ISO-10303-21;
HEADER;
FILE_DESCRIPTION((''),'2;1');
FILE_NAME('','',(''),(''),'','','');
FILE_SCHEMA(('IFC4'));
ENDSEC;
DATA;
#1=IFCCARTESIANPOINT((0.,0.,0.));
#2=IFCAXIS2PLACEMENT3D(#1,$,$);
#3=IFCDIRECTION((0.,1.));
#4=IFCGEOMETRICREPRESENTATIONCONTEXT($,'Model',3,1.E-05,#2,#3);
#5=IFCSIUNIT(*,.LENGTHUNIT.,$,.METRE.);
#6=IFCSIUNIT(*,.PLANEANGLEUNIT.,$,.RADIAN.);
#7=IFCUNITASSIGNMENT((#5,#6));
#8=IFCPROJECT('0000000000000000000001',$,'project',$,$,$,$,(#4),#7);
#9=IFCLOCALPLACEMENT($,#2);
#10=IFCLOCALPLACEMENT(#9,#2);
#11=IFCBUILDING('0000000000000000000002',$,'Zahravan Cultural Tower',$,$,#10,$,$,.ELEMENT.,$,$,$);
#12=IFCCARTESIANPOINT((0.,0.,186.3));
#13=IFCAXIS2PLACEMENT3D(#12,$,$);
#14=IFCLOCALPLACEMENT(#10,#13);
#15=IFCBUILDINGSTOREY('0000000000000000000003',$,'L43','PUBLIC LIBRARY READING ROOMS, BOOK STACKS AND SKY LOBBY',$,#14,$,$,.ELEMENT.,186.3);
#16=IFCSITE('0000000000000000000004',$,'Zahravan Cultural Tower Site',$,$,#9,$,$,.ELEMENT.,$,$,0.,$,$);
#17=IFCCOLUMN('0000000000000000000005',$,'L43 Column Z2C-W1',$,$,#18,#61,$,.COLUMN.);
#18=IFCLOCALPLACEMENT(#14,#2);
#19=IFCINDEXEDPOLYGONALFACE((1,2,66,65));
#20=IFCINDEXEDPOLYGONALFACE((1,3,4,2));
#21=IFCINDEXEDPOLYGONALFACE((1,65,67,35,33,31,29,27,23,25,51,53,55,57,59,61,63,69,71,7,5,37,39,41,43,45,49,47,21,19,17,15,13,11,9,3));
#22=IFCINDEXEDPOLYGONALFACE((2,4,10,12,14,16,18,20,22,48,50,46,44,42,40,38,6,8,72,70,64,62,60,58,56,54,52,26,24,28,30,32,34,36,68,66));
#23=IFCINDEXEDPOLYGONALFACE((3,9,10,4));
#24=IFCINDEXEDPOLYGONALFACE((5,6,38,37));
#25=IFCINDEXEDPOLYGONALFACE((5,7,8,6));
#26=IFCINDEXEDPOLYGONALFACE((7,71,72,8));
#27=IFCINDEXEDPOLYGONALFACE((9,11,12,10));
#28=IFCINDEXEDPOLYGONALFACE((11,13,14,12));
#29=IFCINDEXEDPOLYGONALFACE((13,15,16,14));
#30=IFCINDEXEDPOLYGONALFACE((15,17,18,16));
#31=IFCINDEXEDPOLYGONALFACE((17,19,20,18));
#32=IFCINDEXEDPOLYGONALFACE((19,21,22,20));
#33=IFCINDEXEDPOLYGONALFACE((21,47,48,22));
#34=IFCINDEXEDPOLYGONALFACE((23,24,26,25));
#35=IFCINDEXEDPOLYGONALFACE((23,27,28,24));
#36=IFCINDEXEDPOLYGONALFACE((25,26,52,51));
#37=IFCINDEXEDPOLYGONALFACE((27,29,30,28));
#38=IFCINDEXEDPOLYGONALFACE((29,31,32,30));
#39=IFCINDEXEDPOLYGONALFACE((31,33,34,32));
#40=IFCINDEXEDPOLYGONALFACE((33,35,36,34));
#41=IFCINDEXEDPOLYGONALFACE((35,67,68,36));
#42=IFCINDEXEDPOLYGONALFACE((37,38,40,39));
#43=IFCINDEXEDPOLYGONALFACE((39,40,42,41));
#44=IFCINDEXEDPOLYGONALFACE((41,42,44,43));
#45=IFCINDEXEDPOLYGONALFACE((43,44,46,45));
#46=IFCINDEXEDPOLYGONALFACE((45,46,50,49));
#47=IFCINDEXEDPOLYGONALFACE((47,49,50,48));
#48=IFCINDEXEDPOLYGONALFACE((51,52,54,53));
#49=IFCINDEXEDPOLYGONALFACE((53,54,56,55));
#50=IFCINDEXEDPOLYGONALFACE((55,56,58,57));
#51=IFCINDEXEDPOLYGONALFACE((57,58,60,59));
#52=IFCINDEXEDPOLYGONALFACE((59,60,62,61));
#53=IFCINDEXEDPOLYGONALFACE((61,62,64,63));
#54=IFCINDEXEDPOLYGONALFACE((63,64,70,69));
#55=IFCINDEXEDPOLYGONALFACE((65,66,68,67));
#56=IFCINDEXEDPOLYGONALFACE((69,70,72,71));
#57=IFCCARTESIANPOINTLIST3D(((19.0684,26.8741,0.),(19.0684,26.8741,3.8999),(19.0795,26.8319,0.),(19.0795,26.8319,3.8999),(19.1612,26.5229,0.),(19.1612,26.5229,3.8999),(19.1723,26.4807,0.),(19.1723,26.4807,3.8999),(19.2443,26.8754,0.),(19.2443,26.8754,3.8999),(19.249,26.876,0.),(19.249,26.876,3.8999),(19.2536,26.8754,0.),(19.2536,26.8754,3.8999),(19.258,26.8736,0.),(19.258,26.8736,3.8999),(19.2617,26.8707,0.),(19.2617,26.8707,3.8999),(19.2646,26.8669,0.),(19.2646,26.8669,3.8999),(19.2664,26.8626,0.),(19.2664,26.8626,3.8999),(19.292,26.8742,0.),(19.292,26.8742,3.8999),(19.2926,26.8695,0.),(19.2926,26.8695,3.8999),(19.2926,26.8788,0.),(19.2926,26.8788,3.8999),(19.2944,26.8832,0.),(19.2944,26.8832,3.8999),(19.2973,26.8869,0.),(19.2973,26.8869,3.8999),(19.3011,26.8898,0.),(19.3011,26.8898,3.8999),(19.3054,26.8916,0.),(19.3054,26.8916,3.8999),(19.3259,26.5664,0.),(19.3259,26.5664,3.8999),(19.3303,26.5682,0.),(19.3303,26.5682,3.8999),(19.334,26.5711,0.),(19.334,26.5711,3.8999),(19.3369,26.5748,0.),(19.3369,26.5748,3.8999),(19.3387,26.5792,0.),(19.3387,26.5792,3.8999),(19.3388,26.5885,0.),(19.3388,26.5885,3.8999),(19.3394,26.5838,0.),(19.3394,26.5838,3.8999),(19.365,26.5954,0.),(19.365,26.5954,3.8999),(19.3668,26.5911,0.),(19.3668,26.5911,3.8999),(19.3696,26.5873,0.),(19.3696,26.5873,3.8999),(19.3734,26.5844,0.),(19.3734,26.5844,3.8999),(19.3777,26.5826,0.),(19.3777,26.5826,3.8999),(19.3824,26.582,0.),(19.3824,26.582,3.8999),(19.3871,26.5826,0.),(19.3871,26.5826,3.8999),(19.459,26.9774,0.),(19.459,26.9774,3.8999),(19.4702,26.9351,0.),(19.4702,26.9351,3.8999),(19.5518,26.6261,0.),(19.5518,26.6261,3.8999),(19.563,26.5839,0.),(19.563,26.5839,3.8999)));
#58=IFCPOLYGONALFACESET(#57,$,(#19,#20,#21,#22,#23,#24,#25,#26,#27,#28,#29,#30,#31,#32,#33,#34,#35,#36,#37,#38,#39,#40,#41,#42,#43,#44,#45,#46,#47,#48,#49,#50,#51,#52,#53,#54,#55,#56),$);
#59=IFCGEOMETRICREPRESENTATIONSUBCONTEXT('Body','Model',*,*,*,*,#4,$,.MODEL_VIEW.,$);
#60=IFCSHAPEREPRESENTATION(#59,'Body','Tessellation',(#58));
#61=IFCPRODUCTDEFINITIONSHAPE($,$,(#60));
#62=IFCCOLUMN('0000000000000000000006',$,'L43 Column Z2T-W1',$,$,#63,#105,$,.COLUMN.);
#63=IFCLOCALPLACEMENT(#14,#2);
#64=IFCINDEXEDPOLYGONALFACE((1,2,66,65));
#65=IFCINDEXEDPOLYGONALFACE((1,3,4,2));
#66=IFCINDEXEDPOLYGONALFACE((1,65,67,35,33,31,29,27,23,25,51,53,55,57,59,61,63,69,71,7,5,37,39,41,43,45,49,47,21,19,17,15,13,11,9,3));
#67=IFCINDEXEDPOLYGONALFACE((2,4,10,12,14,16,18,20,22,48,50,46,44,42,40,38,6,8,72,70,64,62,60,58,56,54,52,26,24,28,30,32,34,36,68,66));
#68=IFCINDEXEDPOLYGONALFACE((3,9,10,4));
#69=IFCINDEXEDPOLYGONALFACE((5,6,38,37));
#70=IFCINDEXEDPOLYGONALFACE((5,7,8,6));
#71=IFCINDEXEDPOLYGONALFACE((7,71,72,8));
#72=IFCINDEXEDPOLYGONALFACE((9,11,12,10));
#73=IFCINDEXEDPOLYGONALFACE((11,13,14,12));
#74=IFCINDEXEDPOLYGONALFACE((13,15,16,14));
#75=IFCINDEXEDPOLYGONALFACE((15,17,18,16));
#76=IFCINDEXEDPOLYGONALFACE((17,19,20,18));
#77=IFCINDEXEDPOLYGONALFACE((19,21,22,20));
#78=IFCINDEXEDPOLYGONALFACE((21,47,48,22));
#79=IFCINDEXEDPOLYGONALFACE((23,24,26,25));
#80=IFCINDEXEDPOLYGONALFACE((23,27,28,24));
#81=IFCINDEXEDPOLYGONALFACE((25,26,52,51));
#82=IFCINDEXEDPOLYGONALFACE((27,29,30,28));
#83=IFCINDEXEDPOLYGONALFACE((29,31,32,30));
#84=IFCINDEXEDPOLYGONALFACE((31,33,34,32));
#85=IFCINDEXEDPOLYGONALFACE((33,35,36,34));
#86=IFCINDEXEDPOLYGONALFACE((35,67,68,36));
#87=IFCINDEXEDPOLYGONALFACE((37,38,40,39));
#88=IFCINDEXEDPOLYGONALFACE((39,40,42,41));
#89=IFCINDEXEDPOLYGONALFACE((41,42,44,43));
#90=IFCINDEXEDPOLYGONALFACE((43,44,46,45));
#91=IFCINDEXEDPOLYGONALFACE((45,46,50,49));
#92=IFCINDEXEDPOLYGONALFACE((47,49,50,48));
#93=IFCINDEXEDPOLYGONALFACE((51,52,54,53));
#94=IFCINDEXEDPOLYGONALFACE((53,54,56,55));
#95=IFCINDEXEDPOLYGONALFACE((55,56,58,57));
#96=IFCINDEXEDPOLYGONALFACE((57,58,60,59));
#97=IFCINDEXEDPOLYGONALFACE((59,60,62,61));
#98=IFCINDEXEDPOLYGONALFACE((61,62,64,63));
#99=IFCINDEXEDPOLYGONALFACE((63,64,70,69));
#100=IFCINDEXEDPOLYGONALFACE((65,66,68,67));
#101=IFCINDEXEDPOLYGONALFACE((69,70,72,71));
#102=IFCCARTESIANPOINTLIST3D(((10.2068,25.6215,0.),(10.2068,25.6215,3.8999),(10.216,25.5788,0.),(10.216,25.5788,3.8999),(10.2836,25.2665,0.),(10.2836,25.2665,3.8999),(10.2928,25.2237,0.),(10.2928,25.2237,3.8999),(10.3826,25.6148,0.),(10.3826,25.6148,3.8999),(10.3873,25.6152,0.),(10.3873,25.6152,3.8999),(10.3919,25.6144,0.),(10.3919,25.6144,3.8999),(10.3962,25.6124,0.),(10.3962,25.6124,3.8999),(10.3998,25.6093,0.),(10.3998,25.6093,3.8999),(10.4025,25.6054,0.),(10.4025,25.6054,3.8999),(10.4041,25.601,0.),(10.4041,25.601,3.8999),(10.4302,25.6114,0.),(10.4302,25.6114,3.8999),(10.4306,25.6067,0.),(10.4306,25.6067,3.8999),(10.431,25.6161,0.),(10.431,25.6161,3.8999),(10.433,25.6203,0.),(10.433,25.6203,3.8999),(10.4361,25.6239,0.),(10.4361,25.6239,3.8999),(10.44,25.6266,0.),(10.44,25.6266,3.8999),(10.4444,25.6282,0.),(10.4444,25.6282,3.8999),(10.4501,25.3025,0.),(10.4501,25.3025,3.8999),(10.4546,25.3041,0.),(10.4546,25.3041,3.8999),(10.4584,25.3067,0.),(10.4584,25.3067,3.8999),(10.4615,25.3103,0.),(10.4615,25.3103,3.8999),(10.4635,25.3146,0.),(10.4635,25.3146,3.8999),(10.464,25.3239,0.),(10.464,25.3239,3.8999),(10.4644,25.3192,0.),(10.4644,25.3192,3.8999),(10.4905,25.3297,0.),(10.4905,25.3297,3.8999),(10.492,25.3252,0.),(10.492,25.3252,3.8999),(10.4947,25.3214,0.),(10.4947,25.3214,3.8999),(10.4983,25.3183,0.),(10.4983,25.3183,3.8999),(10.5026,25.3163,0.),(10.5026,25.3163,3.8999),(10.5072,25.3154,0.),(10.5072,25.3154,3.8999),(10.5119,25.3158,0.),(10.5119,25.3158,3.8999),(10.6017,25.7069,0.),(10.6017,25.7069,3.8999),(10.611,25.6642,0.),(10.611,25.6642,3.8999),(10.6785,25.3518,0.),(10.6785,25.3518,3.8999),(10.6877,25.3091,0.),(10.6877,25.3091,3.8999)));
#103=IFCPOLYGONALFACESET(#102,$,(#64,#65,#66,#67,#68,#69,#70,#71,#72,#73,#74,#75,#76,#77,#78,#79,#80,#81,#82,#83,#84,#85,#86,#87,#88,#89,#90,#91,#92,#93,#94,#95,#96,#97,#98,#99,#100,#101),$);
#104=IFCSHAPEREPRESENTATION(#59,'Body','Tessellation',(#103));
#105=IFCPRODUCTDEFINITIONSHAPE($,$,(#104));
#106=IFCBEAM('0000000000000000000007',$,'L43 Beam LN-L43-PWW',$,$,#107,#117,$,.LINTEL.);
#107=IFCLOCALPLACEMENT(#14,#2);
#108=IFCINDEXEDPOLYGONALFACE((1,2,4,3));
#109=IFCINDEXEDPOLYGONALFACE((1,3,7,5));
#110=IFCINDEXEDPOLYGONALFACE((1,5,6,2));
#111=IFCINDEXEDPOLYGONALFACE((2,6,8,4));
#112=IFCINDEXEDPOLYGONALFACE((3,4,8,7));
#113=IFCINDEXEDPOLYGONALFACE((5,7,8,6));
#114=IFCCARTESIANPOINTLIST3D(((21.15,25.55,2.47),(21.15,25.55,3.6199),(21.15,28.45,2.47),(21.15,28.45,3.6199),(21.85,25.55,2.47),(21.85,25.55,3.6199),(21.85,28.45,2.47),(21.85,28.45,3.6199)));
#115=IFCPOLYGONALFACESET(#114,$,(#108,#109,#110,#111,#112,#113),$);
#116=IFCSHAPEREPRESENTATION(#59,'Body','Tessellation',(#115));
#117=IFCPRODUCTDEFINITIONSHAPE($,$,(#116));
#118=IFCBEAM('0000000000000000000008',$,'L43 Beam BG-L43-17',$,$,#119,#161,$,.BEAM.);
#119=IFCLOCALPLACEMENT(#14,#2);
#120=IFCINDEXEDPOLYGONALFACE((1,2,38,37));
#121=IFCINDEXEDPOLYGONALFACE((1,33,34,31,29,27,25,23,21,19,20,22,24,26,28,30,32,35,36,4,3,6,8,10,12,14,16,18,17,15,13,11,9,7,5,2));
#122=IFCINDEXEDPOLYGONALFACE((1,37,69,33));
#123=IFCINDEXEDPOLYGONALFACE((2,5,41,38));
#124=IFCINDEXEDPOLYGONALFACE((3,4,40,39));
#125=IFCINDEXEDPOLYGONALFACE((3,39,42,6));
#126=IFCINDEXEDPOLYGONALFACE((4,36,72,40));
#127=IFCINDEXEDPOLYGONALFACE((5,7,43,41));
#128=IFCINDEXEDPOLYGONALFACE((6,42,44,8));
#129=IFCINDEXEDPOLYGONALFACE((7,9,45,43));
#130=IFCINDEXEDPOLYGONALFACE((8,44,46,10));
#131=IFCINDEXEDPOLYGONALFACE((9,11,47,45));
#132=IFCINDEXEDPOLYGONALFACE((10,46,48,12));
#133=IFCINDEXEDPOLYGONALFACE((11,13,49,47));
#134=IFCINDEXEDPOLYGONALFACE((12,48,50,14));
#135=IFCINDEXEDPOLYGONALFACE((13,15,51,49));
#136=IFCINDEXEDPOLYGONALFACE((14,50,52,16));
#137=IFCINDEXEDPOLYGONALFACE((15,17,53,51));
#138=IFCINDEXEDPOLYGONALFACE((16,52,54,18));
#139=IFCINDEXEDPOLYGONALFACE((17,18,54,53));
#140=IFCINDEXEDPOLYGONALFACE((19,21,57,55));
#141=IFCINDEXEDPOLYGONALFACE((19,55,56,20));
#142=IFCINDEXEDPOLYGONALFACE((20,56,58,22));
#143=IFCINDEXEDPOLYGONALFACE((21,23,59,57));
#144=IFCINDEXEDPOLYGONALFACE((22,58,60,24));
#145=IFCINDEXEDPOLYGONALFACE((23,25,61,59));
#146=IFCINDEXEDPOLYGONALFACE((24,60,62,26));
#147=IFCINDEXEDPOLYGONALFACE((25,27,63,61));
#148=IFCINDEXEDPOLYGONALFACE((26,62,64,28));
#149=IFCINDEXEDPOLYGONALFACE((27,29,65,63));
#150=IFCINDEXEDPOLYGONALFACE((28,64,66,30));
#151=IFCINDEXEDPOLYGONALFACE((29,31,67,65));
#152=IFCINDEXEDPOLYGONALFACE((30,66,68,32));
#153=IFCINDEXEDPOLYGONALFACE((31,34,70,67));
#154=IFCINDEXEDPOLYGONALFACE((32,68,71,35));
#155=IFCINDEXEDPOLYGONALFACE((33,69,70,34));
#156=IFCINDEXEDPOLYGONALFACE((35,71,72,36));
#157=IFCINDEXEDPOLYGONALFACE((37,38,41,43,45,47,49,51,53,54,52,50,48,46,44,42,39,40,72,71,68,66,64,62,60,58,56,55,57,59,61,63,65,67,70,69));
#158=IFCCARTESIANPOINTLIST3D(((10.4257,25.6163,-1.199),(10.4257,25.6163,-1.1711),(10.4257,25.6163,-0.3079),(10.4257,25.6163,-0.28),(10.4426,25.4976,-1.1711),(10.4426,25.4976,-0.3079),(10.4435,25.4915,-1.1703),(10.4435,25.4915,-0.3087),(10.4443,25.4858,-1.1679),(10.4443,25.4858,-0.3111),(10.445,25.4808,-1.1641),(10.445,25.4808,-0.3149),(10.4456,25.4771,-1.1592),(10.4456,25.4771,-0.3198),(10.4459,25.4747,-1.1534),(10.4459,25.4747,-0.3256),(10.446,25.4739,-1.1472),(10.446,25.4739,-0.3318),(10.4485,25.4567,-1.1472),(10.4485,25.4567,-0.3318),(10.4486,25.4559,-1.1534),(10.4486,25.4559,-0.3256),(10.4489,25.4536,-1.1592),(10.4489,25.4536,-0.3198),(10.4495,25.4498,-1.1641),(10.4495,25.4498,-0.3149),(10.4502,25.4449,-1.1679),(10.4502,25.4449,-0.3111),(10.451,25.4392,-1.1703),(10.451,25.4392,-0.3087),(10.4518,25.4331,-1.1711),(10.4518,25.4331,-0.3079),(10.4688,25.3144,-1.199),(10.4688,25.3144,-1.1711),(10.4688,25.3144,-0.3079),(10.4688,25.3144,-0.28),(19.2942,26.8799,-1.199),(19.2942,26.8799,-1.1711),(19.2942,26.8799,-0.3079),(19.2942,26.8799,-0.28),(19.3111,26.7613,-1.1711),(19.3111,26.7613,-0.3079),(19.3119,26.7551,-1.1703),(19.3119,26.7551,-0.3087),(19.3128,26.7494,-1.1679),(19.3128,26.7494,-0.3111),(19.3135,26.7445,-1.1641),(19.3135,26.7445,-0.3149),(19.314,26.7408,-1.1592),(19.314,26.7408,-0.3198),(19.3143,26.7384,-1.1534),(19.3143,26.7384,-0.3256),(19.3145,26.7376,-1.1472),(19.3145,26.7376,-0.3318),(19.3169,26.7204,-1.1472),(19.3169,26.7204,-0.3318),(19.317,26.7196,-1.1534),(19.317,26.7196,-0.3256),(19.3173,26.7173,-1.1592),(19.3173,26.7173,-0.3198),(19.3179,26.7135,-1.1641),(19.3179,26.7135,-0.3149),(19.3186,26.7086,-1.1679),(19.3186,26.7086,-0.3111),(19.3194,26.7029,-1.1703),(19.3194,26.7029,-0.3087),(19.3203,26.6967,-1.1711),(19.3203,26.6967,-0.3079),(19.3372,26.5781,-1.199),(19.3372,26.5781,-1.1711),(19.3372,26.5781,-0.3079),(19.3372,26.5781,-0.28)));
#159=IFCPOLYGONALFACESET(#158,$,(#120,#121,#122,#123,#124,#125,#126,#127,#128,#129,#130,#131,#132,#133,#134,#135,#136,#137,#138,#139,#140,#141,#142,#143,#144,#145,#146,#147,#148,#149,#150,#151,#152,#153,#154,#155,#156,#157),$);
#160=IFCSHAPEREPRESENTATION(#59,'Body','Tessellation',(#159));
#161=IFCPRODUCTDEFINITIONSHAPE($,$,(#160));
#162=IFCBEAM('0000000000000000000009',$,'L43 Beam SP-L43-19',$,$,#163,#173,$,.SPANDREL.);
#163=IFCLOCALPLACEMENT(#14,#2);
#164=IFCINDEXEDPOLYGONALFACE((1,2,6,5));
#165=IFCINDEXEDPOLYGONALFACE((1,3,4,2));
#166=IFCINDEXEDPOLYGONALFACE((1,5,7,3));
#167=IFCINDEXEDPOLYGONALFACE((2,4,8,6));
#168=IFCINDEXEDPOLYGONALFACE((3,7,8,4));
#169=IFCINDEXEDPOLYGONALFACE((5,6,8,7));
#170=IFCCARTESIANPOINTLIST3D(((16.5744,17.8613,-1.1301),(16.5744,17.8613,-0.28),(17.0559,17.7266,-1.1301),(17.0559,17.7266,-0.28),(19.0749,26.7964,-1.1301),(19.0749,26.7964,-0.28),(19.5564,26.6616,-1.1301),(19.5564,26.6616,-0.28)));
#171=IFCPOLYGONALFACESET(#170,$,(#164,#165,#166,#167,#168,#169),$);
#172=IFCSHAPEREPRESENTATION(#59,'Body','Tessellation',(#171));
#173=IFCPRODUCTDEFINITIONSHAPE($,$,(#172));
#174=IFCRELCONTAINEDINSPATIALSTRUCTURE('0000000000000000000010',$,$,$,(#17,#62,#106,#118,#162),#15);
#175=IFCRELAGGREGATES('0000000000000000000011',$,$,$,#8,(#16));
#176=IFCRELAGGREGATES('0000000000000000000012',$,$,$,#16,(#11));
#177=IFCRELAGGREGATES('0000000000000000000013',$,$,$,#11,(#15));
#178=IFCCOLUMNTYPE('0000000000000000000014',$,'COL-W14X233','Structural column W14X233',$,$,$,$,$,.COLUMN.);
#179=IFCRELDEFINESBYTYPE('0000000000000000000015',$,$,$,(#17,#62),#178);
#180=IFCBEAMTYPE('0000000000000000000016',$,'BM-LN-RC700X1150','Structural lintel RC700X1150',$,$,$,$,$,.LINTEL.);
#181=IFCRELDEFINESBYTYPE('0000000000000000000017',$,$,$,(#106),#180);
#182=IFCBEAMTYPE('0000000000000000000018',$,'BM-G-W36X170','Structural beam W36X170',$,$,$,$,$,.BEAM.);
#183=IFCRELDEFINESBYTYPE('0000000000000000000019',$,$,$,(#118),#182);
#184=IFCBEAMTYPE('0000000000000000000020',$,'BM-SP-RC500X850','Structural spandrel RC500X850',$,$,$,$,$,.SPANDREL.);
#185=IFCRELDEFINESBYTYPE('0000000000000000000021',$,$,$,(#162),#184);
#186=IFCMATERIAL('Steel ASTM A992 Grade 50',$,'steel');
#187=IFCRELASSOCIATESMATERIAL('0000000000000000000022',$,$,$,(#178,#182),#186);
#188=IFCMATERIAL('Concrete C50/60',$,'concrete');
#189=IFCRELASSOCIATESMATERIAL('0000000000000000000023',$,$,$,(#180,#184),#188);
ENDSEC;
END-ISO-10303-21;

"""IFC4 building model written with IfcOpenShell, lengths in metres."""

from ifc_helpers import new_model, si_unit, direction, frame, origin, origin_2d, place, context, subcontext, project, spatial, rectangle, i_section, extrude, source, transform, mapped, material, material_profile, profile_set, type_object, element, save


model = new_model("IFC4")

# Units and contexts
model_context = context("Model", 3, precision=1e-05, world=origin(), true_north=direction((0.0, 1.0)))
body_context = subcontext(model_context, "Body", "Model", "MODEL_VIEW")
ifc_project = project(units=[si_unit("LENGTHUNIT", "METRE"), si_unit("PLANEANGLEUNIT", "RADIAN")], contexts=[model_context])

# Site, building, storey
site_placement = place(None, origin())
site = spatial("IfcSite", under=ifc_project, at=site_placement, Name="Zahravan Cultural Tower Site", CompositionType="ELEMENT", RefElevation=0.0)
building_placement = place(site_placement, origin())
building = spatial("IfcBuilding", under=site, at=building_placement, Name="Zahravan Cultural Tower", CompositionType="ELEMENT")
storey_placement = place(building_placement, frame((0.0, 0.0, 186.3)))
storey = spatial("IfcBuildingStorey", under=building, at=storey_placement, Name="L43", Description="PUBLIC LIBRARY READING ROOMS, BOOK STACKS AND SKY LOBBY", CompositionType="ELEMENT", Elevation=186.3)

# Columns
ifc_material_1 = material(Name="Steel ASTM A992 Grade 50", Category="steel")
ifc_material_profile_1 = material_profile(ifc_material_1, i_section(OverallWidth=0.4041, OverallDepth=0.407, WebThickness=0.0271, FlangeThickness=0.0437, FilletRadius=0.0181, at=origin_2d()), Name="W14X233")
ifc_profile_set_1 = profile_set([ifc_material_profile_1], Name="Steel ASTM A992 Grade 50")
column_type = type_object("IfcColumnType", Name="COL-W14X233", Description="Structural column W14X233", PredefinedType="COLUMN", material=ifc_profile_set_1)
shared_shape_1 = source(origin(), body_context, "Body", "SweptSolid", [
    extrude(i_section(OverallWidth=0.4041, OverallDepth=0.407, WebThickness=0.0271, FlangeThickness=0.0437, FilletRadius=0.0181, at=origin_2d()), origin(), (0.0, 0.0, 1.0), 3.8999),
])
for number, where, z_axis, x_axis, name in (
    (1, (19.3157, 26.729, 0.0), (0.0, 0.0, 1.0), (0.966823, 0.255446, 0.0), "L43 Column Z2C-W1"),
    (2, (10.4473, 25.4653, 0.0), (0.0, 0.0, 1.0), (0.977416, 0.211325, 0.0), "L43 Column Z2T-W1"),
):
    element("IfcColumn", number, at=place(storey_placement, frame(where, z_axis=z_axis, x_axis=x_axis)), inside=storey, type_object=column_type, Name=name, PredefinedType="COLUMN", context=body_context, shape_type="MappedRepresentation", body=[
        mapped(shared_shape_1, transform((0.0, 0.0, 0.0), x_axis=(1.0, 0.0, 0.0), y_axis=(0.0, 1.0, 0.0), z_axis=(0.0, 0.0, 1.0), scale=1.0)),
    ])

# Beams
ifc_material_2 = material(Name="Concrete C50/60", Category="concrete")
ifc_material_profile_2 = material_profile(ifc_material_2, rectangle(XDim=0.7, YDim=1.1499, at=origin_2d()), Name="RC700X1150")
ifc_profile_set_2 = profile_set([ifc_material_profile_2], Name="Concrete C50/60")
beam_type_1 = type_object("IfcBeamType", Name="BM-LN-RC700X1150", Description="Structural lintel RC700X1150", PredefinedType="LINTEL", material=ifc_profile_set_2)
shared_shape_2 = source(origin(), body_context, "Body", "SweptSolid", [
    extrude(rectangle(XDim=0.7, YDim=1.1499, at=origin_2d()), origin(), (0.0, 0.0, 1.0), 2.8999),
])
beam_1_placement = place(storey_placement, frame((21.5, 25.55, 3.0449), z_axis=(0.0, 1.0, 0.0), x_axis=(-1.0, 0.0, 0.0)))
element("IfcBeam", 3, at=beam_1_placement, inside=storey, type_object=beam_type_1, Name="L43 Beam LN-L43-PWW", PredefinedType="LINTEL", context=body_context, shape_type="MappedRepresentation", body=[
    mapped(shared_shape_2, transform((0.0, 0.0, 0.0), x_axis=(1.0, 0.0, 0.0), y_axis=(0.0, 1.0, 0.0), z_axis=(0.0, 0.0, 1.0), scale=1.0)),
])
ifc_material_profile_3 = material_profile(ifc_material_1, i_section(OverallWidth=0.3049, OverallDepth=0.9189, WebThickness=0.0173, FlangeThickness=0.0278, FilletRadius=0.0239, at=origin_2d()), Name="W36X170")
ifc_profile_set_3 = profile_set([ifc_material_profile_3], Name="Steel ASTM A992 Grade 50")
beam_type_2 = type_object("IfcBeamType", Name="BM-G-W36X170", Description="Structural beam W36X170", PredefinedType="BEAM", material=ifc_profile_set_3)
shared_shape_3 = source(origin(), body_context, "Body", "SweptSolid", [
    extrude(i_section(OverallWidth=0.3049, OverallDepth=0.9189, WebThickness=0.0173, FlangeThickness=0.0278, FilletRadius=0.0239, at=origin_2d()), origin(), (0.0, 0.0, 1.0), 8.958),
])
beam_2_placement = place(storey_placement, frame((19.3157, 26.729, -0.7395), z_axis=(-0.99, -0.141067, 0.0), x_axis=(0.141067, -0.99, 0.0)))
element("IfcBeam", 4, at=beam_2_placement, inside=storey, type_object=beam_type_2, Name="L43 Beam BG-L43-17", PredefinedType="BEAM", context=body_context, shape_type="MappedRepresentation", body=[
    mapped(shared_shape_3, transform((0.0, 0.0, 0.0), x_axis=(1.0, 0.0, 0.0), y_axis=(0.0, 1.0, 0.0), z_axis=(0.0, 0.0, 1.0), scale=1.0)),
])
ifc_material_profile_4 = material_profile(ifc_material_2, rectangle(XDim=0.5, YDim=0.8501, at=origin_2d()), Name="RC500X850")
ifc_profile_set_4 = profile_set([ifc_material_profile_4], Name="Concrete C50/60")
beam_type_3 = type_object("IfcBeamType", Name="BM-SP-RC500X850", Description="Structural spandrel RC500X850", PredefinedType="SPANDREL", material=ifc_profile_set_4)
shared_shape_4 = source(origin(), body_context, "Body", "SweptSolid", [
    extrude(rectangle(XDim=0.5, YDim=0.8501, at=origin_2d()), origin(), (0.0, 0.0, 1.0), 9.2783),
])
beam_3_placement = place(storey_placement, frame((19.3157, 26.729, -0.7051), z_axis=(-0.269497, -0.963001, 0.0), x_axis=(0.963001, -0.269497, 0.0)))
element("IfcBeam", 5, at=beam_3_placement, inside=storey, type_object=beam_type_3, Name="L43 Beam SP-L43-19", PredefinedType="SPANDREL", context=body_context, shape_type="MappedRepresentation", body=[
    mapped(shared_shape_4, transform((0.0, 0.0, 0.0), x_axis=(1.0, 0.0, 0.0), y_axis=(0.0, 1.0, 0.0), z_axis=(0.0, 0.0, 1.0), scale=1.0)),
])

save(model, "model.ifc")
